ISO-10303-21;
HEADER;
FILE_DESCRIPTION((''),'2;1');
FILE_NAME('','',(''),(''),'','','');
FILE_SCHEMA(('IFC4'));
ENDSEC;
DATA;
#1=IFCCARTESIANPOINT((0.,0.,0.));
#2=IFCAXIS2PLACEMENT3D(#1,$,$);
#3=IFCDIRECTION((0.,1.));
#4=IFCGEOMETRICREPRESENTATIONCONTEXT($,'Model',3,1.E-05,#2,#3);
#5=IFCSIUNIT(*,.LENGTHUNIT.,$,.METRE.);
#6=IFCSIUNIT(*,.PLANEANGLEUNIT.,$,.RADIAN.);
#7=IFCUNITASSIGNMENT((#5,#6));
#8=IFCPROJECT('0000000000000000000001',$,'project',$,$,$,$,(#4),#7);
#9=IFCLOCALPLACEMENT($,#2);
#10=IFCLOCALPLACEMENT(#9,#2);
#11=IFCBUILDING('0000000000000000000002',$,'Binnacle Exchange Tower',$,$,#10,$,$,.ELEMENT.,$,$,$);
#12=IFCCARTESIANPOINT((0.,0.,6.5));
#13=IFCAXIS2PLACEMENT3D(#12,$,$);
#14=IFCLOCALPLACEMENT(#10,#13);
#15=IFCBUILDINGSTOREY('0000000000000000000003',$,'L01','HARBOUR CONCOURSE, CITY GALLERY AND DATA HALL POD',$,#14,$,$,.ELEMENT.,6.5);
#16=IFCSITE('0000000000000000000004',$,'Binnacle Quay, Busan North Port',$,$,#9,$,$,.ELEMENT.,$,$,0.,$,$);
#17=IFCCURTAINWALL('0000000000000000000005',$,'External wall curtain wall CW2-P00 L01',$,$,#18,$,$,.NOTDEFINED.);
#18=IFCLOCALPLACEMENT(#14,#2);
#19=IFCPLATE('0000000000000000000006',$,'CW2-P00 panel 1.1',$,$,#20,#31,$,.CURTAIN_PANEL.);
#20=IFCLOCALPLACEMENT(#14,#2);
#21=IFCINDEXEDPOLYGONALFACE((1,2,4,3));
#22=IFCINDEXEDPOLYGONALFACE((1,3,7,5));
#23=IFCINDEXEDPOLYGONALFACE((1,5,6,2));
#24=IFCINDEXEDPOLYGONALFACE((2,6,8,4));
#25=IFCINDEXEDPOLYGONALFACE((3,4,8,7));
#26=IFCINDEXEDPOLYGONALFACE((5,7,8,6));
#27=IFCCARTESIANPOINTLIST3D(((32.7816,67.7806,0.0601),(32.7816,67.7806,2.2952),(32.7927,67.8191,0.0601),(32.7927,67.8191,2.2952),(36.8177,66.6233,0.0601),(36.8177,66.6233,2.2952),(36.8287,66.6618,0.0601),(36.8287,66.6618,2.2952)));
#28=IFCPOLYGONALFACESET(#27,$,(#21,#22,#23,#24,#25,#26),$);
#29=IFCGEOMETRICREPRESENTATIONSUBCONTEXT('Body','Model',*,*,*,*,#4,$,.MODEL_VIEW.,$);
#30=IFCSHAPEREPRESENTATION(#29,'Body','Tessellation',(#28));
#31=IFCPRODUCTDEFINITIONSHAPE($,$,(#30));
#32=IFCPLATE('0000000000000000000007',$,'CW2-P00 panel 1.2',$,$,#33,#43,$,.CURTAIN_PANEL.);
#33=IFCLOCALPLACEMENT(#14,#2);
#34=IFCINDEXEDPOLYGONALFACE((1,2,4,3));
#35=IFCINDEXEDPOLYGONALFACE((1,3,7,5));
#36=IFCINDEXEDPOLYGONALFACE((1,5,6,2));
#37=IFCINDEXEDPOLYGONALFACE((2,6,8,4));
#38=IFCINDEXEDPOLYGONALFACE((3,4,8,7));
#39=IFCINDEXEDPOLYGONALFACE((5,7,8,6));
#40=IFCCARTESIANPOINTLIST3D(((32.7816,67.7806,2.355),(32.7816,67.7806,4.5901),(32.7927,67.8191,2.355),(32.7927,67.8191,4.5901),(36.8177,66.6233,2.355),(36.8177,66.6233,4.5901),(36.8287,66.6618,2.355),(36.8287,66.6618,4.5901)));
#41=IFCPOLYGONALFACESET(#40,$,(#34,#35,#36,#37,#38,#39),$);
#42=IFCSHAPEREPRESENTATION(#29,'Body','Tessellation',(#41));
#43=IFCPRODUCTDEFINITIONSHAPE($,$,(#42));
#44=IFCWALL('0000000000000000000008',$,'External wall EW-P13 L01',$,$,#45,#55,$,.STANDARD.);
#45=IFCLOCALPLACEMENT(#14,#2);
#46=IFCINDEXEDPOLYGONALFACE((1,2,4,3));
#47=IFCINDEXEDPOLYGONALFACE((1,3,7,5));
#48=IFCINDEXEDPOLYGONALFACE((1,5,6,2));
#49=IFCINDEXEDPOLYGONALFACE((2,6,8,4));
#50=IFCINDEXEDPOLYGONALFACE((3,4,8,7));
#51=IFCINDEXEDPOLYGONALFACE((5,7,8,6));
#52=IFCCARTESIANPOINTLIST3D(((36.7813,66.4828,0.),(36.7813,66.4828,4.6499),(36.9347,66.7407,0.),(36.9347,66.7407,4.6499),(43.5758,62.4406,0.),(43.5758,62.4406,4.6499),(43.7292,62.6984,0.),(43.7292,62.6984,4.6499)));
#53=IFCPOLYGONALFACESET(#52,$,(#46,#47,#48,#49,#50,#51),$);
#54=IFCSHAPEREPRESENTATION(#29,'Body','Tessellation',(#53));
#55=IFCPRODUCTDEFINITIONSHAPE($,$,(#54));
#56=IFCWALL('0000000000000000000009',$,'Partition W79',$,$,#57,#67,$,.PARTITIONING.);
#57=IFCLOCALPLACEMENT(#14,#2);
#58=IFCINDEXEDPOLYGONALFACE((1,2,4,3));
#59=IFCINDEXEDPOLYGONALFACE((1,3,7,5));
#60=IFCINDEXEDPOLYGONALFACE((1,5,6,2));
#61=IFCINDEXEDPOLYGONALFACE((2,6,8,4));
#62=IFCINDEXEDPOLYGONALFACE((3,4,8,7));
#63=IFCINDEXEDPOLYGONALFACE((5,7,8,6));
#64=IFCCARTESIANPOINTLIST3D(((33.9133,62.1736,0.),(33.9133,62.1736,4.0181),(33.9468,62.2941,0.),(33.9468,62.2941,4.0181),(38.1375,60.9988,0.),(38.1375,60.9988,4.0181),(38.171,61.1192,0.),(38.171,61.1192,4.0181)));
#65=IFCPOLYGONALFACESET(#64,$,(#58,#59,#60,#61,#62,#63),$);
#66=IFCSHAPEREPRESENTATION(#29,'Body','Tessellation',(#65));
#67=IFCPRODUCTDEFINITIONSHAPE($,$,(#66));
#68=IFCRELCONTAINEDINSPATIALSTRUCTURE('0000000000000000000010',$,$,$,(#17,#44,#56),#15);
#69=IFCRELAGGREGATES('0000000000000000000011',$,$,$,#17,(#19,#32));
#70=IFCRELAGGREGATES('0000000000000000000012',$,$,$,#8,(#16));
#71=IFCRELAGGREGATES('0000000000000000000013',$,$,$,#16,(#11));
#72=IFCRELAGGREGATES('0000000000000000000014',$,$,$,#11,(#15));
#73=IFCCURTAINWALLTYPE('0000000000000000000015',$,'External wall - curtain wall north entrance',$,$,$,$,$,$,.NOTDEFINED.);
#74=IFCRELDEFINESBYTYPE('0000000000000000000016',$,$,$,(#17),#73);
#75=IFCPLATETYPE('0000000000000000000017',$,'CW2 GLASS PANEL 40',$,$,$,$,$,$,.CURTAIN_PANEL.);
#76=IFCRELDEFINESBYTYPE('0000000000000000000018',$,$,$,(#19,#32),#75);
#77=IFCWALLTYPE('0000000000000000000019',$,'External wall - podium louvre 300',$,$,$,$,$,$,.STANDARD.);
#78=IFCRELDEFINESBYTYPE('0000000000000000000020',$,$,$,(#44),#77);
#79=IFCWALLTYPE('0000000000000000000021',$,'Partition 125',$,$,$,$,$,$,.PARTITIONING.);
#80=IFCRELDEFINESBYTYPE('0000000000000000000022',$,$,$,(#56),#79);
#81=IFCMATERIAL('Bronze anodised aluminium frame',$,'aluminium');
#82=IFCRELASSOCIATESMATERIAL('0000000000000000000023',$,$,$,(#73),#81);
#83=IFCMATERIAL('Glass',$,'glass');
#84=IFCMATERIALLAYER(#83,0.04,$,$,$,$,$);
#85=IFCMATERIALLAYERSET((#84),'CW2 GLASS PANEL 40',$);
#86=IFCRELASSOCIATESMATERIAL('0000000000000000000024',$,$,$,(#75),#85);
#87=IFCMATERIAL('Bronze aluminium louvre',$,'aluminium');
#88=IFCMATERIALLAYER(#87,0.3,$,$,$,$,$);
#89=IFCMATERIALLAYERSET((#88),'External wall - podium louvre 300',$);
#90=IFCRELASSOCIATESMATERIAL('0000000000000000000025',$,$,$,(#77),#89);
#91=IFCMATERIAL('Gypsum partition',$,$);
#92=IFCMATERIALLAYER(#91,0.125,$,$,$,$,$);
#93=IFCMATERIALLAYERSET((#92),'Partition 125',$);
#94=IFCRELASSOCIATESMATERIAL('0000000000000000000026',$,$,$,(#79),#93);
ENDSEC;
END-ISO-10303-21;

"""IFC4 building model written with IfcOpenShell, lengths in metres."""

from ifc_helpers import new_model, si_unit, direction, frame, frame_2d, origin, origin_2d, place, context, subcontext, project, spatial, rectangle, extrude, material, layer, layer_set, type_object, element, aggregate, save


model = new_model("IFC4")

# Units and contexts
model_context = context("Model", 3, precision=1e-05, world=origin(), true_north=direction((0.0, 1.0)))
body_context = subcontext(model_context, "Body", "Model", "MODEL_VIEW")
ifc_project = project(units=[si_unit("LENGTHUNIT", "METRE"), si_unit("PLANEANGLEUNIT", "RADIAN")], contexts=[model_context])

# Site, building, storey
site_placement = place(None, origin())
site = spatial("IfcSite", under=ifc_project, at=site_placement, Name="Binnacle Quay, Busan North Port", CompositionType="ELEMENT", RefElevation=0.0)
building_placement = place(site_placement, origin())
building = spatial("IfcBuilding", under=site, at=building_placement, Name="Binnacle Exchange Tower", CompositionType="ELEMENT")
storey_placement = place(building_placement, frame((0.0, 0.0, 6.5)))
storey = spatial("IfcBuildingStorey", under=building, at=storey_placement, Name="L01", Description="HARBOUR CONCOURSE, CITY GALLERY AND DATA HALL POD", CompositionType="ELEMENT", Elevation=6.5)

# Curtain wall
ifc_material_1 = material(Name="Bronze anodised aluminium frame", Category="aluminium")
curtain_wall_type = type_object("IfcCurtainWallType", Name="External wall - curtain wall north entrance", PredefinedType="NOTDEFINED", material=ifc_material_1)
curtain_wall_1_placement = place(storey_placement, origin())
curtain_wall_1 = element("IfcCurtainWall", 1, at=curtain_wall_1_placement, inside=storey, type_object=curtain_wall_type, Name="External wall curtain wall CW2-P00 L01", PredefinedType="NOTDEFINED")

# Plates
ifc_material_2 = material(Name="Glass", Category="glass")
ifc_layer_1 = layer(ifc_material_2, 0.04)
ifc_layer_set_1 = layer_set([ifc_layer_1], Name="CW2 GLASS PANEL 40")
plate_type = type_object("IfcPlateType", Name="CW2 GLASS PANEL 40", PredefinedType="CURTAIN_PANEL", material=ifc_layer_set_1)
plate_1_placement = place(storey_placement, frame((34.8052, 67.2212, 0.0601), z_axis=(0.0, 0.0, 1.0), x_axis=(-0.961262, 0.275637, 0.0)))
plate_1 = element("IfcPlate", 2, at=plate_1_placement, type_object=plate_type, Name="CW2-P00 panel 1.1", PredefinedType="CURTAIN_PANEL", context=body_context, shape_type="SweptSolid", body=[
    extrude(rectangle(XDim=4.1987, YDim=0.04, at=origin_2d()), origin(), (0.0, 0.0, 1.0), 2.2351),
])
plate_2_placement = place(storey_placement, frame((34.8052, 67.2212, 2.355), z_axis=(0.0, 0.0, 1.0), x_axis=(-0.961262, 0.275637, 0.0)))
plate_2 = element("IfcPlate", 3, at=plate_2_placement, type_object=plate_type, Name="CW2-P00 panel 1.2", PredefinedType="CURTAIN_PANEL", context=body_context, shape_type="SweptSolid", body=[
    extrude(rectangle(XDim=4.1987, YDim=0.04, at=origin_2d()), origin(), (0.0, 0.0, 1.0), 2.2351),
])
aggregate(curtain_wall_1, [plate_1, plate_2])

# Walls
ifc_material_3 = material(Name="Bronze aluminium louvre", Category="aluminium")
ifc_layer_2 = layer(ifc_material_3, 0.3)
ifc_layer_set_2 = layer_set([ifc_layer_2], Name="External wall - podium louvre 300")
wall_type_1 = type_object("IfcWallType", Name="External wall - podium louvre 300", PredefinedType="STANDARD", material=ifc_layer_set_2)
wall_1_placement = place(storey_placement, frame((36.8579, 66.6118, 0.0), z_axis=(0.0, 0.0, 1.0), x_axis=(0.859408, -0.511291, 0.0)))
element("IfcWall", 4, at=wall_1_placement, inside=storey, type_object=wall_type_1, Name="External wall EW-P13 L01", PredefinedType="STANDARD", context=body_context, shape_type="SweptSolid", body=[
    extrude(rectangle(XDim=7.906, YDim=0.3, at=frame_2d((3.9531, 0.0))), origin(), (0.0, 0.0, 1.0), 4.6499),
])
ifc_material_4 = material(Name="Gypsum partition")
ifc_layer_3 = layer(ifc_material_4, 0.125)
ifc_layer_set_3 = layer_set([ifc_layer_3], Name="Partition 125")
wall_type_2 = type_object("IfcWallType", Name="Partition 125", PredefinedType="PARTITIONING", material=ifc_layer_set_3)
wall_2_placement = place(storey_placement, frame((33.9299, 62.2339, 0.0), z_axis=(0.0, 0.0, 1.0), x_axis=(0.963433, -0.267948, 0.0)))
element("IfcWall", 5, at=wall_2_placement, inside=storey, type_object=wall_type_2, Name="Partition W79", PredefinedType="PARTITIONING", context=body_context, shape_type="SweptSolid", body=[
    extrude(rectangle(XDim=4.3845, YDim=0.125, at=frame_2d((2.1924, 0.0))), origin(), (0.0, 0.0, 1.0), 4.0181),
])

save(model, "model.ifc")
